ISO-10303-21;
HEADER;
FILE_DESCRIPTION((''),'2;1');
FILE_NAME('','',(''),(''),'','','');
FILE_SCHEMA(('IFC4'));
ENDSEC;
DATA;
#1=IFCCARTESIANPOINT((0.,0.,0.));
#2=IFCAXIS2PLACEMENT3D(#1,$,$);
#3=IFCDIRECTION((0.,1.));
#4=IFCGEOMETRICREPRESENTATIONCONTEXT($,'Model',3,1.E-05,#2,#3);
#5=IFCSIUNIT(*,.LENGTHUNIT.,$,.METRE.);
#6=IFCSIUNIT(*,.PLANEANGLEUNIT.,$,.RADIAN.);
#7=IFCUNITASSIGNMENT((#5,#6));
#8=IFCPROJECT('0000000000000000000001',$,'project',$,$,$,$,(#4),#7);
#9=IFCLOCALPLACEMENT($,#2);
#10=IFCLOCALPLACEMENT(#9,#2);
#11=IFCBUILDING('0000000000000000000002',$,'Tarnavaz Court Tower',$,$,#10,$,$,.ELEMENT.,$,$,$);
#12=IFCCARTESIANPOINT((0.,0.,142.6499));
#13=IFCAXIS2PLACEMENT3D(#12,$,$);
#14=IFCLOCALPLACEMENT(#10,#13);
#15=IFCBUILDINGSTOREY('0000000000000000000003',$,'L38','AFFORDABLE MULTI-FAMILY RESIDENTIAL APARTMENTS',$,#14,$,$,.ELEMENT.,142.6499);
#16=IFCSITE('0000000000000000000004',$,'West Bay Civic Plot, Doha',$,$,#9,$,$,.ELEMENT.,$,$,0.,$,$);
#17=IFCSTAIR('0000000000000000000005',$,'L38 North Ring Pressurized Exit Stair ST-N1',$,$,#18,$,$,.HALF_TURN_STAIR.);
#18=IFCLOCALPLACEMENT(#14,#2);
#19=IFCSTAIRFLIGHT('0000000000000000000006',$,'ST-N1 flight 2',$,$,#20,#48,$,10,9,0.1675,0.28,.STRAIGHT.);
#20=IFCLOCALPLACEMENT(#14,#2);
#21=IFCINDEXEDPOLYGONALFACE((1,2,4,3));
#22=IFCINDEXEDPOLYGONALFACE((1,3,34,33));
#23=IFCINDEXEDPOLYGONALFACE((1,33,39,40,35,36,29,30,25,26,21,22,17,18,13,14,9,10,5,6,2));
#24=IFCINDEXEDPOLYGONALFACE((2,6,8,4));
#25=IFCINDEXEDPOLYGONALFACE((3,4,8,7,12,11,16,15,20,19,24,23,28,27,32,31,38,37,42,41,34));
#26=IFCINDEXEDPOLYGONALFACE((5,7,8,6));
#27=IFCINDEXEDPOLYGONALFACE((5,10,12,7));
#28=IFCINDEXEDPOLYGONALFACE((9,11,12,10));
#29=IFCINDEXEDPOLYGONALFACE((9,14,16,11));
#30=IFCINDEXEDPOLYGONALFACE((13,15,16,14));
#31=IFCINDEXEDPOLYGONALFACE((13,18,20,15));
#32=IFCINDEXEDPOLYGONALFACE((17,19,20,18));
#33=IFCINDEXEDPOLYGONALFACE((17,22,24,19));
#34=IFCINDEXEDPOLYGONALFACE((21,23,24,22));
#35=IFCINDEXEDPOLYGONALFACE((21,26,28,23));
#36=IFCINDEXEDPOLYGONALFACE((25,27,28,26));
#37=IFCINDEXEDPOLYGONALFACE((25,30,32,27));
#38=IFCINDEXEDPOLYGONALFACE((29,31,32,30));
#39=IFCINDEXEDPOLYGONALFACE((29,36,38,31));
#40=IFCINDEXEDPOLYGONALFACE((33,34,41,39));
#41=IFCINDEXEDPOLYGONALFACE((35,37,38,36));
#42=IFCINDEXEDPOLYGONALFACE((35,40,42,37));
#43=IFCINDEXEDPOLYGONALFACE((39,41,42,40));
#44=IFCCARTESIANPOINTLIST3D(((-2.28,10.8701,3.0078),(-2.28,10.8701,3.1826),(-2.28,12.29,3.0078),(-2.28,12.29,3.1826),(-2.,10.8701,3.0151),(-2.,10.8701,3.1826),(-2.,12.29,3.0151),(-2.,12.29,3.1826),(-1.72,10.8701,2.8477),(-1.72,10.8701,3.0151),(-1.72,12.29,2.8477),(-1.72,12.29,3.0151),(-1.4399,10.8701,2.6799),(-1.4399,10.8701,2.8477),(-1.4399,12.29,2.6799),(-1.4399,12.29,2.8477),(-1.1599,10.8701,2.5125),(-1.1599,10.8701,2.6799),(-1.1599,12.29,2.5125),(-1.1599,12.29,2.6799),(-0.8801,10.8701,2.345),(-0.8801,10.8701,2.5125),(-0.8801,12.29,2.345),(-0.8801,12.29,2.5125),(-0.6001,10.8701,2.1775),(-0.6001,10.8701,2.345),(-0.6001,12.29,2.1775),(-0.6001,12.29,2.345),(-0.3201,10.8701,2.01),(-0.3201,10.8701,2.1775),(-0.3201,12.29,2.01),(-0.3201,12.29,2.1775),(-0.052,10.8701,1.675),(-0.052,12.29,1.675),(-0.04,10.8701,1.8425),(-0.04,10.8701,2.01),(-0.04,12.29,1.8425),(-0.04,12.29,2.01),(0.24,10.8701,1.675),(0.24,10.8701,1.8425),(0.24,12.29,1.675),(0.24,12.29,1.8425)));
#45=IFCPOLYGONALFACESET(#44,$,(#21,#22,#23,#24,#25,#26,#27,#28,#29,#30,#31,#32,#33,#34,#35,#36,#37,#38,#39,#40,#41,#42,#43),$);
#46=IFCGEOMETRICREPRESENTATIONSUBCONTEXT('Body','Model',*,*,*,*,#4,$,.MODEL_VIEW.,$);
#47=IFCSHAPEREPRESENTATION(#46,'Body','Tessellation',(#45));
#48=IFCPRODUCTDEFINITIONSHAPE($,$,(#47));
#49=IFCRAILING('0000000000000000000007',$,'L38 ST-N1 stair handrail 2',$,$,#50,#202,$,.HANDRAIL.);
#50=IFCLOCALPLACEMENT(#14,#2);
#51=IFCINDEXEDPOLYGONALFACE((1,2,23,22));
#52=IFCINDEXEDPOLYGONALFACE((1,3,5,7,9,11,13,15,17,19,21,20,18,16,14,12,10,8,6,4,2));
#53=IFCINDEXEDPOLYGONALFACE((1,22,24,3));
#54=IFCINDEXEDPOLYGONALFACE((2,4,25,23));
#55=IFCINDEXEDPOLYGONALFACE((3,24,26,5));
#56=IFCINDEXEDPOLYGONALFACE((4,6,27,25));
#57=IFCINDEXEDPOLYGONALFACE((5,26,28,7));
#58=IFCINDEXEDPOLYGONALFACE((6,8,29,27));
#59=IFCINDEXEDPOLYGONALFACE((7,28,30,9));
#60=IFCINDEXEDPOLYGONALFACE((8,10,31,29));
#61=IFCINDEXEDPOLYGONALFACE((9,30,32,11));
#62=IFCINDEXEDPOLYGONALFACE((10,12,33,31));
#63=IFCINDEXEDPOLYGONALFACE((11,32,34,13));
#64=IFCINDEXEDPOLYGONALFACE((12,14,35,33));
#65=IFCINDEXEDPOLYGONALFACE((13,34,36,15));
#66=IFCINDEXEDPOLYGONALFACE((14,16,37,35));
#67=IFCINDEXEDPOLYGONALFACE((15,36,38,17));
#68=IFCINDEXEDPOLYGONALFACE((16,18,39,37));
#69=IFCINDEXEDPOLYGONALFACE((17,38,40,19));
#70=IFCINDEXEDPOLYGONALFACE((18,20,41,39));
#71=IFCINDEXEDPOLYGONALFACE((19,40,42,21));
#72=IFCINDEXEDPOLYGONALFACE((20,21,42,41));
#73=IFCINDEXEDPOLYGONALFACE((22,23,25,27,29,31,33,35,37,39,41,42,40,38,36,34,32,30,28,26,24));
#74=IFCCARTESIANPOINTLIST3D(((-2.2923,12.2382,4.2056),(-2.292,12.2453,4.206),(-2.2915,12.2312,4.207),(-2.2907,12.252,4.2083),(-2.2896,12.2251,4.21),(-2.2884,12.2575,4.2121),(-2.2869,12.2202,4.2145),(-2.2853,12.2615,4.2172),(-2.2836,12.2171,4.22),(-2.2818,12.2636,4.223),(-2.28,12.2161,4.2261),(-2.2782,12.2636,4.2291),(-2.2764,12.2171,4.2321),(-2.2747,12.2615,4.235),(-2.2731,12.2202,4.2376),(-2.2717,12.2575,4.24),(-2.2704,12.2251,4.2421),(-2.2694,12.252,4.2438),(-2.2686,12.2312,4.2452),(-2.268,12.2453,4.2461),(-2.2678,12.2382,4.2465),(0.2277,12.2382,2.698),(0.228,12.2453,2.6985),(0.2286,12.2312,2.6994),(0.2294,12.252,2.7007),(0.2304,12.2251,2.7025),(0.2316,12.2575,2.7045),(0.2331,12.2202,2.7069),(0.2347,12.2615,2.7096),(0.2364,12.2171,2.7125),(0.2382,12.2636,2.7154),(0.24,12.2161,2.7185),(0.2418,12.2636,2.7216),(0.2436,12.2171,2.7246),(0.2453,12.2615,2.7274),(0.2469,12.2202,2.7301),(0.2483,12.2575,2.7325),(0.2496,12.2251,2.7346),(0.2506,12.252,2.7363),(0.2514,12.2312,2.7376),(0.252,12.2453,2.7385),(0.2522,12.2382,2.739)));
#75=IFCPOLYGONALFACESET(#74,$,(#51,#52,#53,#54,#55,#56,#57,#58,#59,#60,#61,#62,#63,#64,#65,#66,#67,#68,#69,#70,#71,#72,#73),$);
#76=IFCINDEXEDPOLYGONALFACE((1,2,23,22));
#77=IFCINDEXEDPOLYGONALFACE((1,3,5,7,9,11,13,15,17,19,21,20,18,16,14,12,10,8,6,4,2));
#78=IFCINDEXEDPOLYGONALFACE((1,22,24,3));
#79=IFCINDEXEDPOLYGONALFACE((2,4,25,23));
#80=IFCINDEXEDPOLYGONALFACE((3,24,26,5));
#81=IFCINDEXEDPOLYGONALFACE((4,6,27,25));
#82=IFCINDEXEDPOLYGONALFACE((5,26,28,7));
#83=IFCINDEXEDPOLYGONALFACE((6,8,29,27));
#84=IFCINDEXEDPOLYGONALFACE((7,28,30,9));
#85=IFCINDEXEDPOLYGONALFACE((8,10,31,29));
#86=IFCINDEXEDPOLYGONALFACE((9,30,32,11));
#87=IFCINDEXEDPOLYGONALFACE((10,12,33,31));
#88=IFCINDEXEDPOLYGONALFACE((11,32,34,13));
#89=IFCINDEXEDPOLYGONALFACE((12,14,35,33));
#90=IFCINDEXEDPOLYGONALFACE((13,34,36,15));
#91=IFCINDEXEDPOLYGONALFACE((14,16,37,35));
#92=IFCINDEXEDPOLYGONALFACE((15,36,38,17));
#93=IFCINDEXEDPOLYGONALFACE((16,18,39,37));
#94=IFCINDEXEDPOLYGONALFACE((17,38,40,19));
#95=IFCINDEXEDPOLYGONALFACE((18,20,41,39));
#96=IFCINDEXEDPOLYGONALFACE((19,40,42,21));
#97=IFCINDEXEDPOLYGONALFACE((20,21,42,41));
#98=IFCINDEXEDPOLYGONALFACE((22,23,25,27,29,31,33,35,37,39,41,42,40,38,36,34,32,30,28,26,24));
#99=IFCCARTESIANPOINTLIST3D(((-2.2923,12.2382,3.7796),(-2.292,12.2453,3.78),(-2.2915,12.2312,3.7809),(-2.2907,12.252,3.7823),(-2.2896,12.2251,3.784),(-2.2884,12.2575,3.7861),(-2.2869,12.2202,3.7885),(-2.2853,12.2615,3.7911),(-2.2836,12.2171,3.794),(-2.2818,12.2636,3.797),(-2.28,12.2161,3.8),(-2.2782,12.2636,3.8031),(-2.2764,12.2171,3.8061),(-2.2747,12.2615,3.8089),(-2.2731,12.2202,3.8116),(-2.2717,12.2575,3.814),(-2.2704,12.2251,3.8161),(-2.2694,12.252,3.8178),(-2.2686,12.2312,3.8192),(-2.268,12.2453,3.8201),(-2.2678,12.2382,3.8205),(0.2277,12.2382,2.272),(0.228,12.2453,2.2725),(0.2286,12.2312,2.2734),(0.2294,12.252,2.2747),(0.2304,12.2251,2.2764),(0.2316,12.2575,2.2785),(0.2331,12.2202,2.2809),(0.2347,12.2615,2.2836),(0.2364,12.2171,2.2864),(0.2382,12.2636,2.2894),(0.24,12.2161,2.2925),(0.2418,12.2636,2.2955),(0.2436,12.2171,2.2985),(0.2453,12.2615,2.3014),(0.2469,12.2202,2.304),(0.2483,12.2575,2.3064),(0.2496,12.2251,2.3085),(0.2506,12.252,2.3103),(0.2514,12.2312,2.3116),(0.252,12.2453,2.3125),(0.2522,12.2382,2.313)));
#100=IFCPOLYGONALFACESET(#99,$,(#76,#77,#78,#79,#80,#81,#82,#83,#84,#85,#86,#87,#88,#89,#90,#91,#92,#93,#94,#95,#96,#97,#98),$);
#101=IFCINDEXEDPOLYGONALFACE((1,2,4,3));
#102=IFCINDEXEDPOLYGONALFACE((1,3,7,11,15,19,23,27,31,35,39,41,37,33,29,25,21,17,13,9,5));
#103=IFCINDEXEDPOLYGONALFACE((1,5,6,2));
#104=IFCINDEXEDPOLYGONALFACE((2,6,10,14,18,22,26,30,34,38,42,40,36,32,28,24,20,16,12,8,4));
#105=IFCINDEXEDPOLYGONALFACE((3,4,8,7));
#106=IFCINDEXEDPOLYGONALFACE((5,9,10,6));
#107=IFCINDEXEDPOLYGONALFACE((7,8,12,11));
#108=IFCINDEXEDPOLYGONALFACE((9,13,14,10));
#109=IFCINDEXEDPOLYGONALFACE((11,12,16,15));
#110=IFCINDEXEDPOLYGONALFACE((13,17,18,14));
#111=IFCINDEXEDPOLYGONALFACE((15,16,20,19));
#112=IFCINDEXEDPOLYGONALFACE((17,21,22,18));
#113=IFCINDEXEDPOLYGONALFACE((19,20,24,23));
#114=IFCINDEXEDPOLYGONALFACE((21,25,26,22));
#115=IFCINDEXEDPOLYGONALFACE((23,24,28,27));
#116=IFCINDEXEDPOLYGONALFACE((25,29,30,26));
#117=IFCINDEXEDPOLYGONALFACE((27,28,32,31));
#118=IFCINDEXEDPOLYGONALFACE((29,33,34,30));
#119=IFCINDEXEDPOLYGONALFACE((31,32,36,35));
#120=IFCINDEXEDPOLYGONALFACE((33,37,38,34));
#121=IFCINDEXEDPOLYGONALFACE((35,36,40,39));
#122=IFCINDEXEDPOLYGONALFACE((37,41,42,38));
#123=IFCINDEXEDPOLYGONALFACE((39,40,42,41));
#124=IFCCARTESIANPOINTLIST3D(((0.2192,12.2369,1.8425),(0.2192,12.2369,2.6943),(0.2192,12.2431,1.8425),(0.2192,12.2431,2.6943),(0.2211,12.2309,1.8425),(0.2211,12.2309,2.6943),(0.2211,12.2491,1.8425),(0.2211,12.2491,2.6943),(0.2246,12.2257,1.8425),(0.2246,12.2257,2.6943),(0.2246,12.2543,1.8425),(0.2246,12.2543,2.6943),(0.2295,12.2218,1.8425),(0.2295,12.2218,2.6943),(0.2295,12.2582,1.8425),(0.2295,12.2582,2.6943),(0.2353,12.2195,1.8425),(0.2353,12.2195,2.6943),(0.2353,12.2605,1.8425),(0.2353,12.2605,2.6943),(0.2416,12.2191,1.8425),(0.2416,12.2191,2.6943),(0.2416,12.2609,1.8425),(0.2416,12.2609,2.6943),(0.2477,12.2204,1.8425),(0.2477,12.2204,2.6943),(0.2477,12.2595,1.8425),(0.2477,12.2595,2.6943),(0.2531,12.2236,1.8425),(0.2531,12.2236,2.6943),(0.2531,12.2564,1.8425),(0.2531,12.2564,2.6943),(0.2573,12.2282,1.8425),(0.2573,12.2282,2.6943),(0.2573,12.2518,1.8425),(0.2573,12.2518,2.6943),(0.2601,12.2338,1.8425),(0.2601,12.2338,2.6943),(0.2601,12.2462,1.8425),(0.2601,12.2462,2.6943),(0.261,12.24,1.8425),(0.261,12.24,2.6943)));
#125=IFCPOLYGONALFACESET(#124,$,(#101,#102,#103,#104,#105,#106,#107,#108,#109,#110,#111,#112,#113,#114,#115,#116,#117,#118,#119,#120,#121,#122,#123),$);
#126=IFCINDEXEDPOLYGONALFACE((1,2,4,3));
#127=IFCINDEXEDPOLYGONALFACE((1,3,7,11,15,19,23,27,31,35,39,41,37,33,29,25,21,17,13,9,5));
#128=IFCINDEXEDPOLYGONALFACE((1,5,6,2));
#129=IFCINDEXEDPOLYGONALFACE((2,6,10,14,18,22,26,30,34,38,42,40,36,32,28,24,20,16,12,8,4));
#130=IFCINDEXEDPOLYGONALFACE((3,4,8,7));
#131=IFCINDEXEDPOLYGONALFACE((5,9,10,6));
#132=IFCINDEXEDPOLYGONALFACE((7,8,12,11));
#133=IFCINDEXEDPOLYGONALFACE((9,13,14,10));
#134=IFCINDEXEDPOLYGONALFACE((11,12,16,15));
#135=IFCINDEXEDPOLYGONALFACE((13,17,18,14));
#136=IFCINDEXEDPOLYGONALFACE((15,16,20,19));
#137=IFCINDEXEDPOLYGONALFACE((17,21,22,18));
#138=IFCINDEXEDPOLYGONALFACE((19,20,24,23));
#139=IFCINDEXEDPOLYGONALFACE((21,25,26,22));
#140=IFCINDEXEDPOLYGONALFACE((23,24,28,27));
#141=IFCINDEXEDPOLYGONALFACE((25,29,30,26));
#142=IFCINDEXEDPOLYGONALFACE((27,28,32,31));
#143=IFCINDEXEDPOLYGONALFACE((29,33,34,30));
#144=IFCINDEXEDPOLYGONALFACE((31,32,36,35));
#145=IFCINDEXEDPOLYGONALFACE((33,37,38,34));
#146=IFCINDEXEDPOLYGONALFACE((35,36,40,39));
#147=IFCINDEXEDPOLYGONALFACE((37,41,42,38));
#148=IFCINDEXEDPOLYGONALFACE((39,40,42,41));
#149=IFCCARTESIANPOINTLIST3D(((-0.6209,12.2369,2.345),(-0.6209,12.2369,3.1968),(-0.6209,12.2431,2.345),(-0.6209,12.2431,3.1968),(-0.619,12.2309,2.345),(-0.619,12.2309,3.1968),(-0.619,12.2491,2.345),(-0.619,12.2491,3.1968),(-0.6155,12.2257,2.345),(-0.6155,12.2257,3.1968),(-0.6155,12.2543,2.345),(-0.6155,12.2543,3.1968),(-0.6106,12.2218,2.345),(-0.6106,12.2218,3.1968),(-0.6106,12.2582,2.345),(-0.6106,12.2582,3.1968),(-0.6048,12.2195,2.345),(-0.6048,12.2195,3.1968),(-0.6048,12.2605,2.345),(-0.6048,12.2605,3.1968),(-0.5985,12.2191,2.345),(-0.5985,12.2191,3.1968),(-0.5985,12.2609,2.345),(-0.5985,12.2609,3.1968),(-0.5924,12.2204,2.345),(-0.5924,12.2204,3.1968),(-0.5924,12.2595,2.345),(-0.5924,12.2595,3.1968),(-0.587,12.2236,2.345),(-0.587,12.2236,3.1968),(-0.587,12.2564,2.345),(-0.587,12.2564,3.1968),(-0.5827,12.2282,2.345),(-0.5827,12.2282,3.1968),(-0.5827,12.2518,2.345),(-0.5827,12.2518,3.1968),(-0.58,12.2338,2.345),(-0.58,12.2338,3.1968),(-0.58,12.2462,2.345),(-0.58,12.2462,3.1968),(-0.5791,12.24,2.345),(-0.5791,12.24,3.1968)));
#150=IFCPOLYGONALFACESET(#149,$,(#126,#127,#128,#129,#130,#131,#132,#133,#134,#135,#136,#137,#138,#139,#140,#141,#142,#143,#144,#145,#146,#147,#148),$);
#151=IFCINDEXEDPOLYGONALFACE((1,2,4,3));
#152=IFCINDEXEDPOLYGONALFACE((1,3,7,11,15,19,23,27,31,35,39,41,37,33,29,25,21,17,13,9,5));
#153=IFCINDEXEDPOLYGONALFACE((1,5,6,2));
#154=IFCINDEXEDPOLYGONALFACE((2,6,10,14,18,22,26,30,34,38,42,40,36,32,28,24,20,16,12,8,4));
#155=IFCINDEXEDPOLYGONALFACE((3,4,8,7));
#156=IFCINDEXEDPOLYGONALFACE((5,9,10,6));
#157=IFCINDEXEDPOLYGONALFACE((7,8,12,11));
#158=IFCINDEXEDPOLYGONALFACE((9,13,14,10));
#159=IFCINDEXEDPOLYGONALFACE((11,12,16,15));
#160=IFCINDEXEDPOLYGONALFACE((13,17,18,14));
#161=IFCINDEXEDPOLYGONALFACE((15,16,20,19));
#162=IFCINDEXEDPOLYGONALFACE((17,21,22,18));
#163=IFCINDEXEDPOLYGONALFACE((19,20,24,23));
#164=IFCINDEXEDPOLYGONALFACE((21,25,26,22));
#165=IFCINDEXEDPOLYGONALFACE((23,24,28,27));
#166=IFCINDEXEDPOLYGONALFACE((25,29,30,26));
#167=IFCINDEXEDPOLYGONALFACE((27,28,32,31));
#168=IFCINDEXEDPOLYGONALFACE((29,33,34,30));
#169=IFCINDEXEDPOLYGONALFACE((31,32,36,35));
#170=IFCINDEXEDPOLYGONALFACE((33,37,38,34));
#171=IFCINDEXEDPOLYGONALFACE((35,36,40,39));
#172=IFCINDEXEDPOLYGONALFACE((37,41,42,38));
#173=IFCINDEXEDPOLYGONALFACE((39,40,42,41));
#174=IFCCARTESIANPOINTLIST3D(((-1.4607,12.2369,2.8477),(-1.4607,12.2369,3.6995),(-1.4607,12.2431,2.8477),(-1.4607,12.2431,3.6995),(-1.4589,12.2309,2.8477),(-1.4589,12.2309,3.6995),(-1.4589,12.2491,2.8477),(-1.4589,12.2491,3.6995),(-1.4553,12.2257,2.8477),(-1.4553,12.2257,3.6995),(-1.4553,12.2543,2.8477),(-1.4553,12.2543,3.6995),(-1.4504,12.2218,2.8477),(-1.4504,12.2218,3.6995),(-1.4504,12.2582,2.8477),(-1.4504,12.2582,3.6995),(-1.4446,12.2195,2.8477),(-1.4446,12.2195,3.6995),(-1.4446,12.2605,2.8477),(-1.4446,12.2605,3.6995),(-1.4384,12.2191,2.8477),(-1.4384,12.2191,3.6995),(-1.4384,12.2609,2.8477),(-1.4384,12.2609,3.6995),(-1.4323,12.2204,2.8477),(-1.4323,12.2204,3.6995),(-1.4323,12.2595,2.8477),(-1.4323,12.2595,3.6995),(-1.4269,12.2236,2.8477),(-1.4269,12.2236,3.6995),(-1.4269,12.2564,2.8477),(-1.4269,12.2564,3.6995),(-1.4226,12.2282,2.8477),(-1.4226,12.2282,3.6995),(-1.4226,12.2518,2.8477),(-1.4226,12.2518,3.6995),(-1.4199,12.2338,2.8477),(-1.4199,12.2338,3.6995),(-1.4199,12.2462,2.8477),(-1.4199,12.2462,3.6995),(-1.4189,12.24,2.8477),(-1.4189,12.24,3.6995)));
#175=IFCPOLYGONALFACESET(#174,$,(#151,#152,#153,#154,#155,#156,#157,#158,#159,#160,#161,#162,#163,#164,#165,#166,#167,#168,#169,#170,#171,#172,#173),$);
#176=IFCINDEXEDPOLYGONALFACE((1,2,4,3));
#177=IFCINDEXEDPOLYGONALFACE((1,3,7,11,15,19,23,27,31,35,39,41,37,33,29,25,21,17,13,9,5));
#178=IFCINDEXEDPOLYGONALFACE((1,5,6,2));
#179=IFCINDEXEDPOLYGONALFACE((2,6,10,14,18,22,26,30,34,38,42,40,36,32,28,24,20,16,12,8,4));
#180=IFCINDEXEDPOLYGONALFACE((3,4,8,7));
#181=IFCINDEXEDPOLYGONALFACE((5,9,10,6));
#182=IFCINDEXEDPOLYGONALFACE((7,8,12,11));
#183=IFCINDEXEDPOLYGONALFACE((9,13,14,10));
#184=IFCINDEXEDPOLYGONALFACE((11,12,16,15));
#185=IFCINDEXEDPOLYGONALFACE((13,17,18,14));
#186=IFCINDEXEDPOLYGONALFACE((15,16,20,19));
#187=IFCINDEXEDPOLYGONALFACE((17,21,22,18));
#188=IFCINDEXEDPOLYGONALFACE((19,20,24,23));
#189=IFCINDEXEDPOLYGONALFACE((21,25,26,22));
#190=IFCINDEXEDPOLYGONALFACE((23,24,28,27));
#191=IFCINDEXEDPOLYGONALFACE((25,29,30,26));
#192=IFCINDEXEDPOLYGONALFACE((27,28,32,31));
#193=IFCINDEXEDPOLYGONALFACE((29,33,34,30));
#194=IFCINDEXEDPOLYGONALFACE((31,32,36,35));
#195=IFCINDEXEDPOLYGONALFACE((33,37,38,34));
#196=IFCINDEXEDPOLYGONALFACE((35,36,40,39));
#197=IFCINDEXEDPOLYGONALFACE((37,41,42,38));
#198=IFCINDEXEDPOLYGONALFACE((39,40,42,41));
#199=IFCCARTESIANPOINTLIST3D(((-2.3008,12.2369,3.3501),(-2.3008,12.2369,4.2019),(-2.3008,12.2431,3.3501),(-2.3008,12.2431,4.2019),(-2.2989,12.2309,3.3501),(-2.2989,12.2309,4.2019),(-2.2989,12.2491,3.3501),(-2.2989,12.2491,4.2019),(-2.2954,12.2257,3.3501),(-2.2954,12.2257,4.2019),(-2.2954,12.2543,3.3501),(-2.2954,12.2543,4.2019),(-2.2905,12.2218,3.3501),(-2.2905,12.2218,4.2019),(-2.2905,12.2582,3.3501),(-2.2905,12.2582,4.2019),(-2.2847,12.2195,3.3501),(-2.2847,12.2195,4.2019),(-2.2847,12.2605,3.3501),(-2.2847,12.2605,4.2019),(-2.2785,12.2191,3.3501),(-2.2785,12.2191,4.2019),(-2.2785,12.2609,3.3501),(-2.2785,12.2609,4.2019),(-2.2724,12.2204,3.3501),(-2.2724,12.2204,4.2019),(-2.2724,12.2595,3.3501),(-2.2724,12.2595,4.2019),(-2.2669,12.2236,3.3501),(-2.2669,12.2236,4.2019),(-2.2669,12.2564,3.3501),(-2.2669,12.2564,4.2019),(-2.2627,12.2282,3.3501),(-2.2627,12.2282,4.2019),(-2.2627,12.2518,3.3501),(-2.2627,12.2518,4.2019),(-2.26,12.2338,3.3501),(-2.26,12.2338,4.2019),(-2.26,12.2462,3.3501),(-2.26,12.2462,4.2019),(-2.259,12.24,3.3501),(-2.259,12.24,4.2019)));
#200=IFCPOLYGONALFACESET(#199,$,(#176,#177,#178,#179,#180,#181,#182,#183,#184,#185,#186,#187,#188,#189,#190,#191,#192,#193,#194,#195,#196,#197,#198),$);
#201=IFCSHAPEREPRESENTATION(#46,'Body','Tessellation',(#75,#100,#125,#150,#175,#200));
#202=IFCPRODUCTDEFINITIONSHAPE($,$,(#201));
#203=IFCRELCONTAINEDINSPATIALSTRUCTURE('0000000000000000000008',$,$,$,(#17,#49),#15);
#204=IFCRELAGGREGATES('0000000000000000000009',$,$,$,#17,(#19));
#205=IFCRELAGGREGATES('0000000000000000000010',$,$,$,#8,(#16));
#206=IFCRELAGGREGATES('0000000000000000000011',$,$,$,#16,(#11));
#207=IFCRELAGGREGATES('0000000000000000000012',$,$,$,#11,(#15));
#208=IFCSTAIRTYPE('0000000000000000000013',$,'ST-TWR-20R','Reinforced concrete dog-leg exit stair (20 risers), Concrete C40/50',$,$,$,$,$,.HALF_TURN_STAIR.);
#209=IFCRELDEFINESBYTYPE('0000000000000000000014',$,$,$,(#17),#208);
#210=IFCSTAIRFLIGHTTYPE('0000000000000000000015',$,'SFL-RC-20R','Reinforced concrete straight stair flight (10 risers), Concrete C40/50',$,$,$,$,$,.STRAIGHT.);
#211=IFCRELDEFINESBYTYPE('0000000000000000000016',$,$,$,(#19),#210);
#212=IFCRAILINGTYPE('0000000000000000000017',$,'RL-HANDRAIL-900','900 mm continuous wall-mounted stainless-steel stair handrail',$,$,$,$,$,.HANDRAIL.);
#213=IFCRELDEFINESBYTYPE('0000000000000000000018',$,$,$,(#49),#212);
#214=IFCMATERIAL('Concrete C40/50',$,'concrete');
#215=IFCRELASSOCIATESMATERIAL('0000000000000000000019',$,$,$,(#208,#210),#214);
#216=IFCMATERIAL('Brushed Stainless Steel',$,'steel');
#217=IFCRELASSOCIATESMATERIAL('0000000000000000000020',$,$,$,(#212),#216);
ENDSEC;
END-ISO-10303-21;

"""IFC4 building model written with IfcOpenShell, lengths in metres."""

from ifc_helpers import new_model, si_unit, direction, frame, origin, origin_2d, place, context, subcontext, project, spatial, polyline, circle, outline, extrude, material, type_object, element, aggregate, save


model = new_model("IFC4")

# Units and contexts
model_context = context("Model", 3, precision=1e-05, world=origin(), true_north=direction((0.0, 1.0)))
body_context = subcontext(model_context, "Body", "Model", "MODEL_VIEW")
ifc_project = project(units=[si_unit("LENGTHUNIT", "METRE"), si_unit("PLANEANGLEUNIT", "RADIAN")], contexts=[model_context])

# Site, building, storey
site_placement = place(None, origin())
site = spatial("IfcSite", under=ifc_project, at=site_placement, Name="West Bay Civic Plot, Doha", CompositionType="ELEMENT", RefElevation=0.0)
building_placement = place(site_placement, origin())
building = spatial("IfcBuilding", under=site, at=building_placement, Name="Tarnavaz Court Tower", CompositionType="ELEMENT")
storey_placement = place(building_placement, frame((0.0, 0.0, 142.6499)))
storey = spatial("IfcBuildingStorey", under=building, at=storey_placement, Name="L38", Description="AFFORDABLE MULTI-FAMILY RESIDENTIAL APARTMENTS", CompositionType="ELEMENT", Elevation=142.6499)

# Stair
ifc_material_1 = material(Name="Concrete C40/50", Category="concrete")
stair_type = type_object("IfcStairType", Name="ST-TWR-20R", Description="Reinforced concrete dog-leg exit stair (20 risers), Concrete C40/50", PredefinedType="HALF_TURN_STAIR", material=ifc_material_1)
stair_1_placement = place(storey_placement, origin())
stair_1 = element("IfcStair", 1, at=stair_1_placement, inside=storey, type_object=stair_type, Name="L38 North Ring Pressurized Exit Stair ST-N1", PredefinedType="HALF_TURN_STAIR")

# Stair flight
stair_flight_type = type_object("IfcStairFlightType", Name="SFL-RC-20R", Description="Reinforced concrete straight stair flight (10 risers), Concrete C40/50", PredefinedType="STRAIGHT", material=ifc_material_1)
stair_flight_placement = place(storey_placement, frame((0.24, 11.5801, 1.675), z_axis=(0.0, 0.0, 1.0), x_axis=(-1.0, 0.0, 0.0)))
stair_flight = element("IfcStairFlight", 2, at=stair_flight_placement, type_object=stair_flight_type, Name="ST-N1 flight 2", NumberOfRisers=10, NumberOfTreads=9, PredefinedType="STRAIGHT", RiserHeight=0.1675, TreadLength=0.28, context=body_context, shape_type="SweptSolid", body=[
    extrude(outline(polyline([(0.0, 0.0), (0.0, 0.1675), (0.28, 0.1675), (0.28, 0.335), (0.5601, 0.335), (0.5601, 0.5024), (0.8401, 0.5024), (0.8401, 0.6699), (1.1201, 0.6699), (1.1201, 0.8374), (1.3999, 0.8374), (1.3999, 1.0049), (1.6799, 1.0049), (1.6799, 1.1726), (1.96, 1.1726), (1.96, 1.3401), (2.24, 1.3401), (2.24, 1.5076), (2.52, 1.5076), (2.52, 1.675), (2.52, 1.3328), (0.292, 0.0), (0.0, 0.0)])), frame((0.0, 0.71, 0.0), z_axis=(0.0, -1.0, 0.0), x_axis=(1.0, 0.0, 0.0)), (0.0, 0.0, 1.0), 1.4199),
])
aggregate(stair_1, [stair_flight])

# Railing
ifc_material_2 = material(Name="Brushed Stainless Steel", Category="steel")
railing_type_1 = type_object("IfcRailingType", Name="RL-HANDRAIL-900", Description="900 mm continuous wall-mounted stainless-steel stair handrail", PredefinedType="HANDRAIL", material=ifc_material_2)
railing_1_placement = place(storey_placement, frame((0.24, 12.24, 1.8425)))
element("IfcRailing", 3, at=railing_1_placement, inside=storey, type_object=railing_type_1, Name="L38 ST-N1 stair handrail 2", PredefinedType="HANDRAIL", context=body_context, shape_type="SweptSolid", body=[
    extrude(circle(Radius=0.0239, at=origin_2d()), frame((0.0, 0.0, 0.876), z_axis=(-0.85816, 0.0, 0.513383), x_axis=(0.0, -1.0, 0.0)), (0.0, 0.0, 1.0), 2.9365),
    extrude(circle(Radius=0.0239, at=origin_2d()), frame((0.0, 0.0, 0.45), z_axis=(-0.85816, 0.0, 0.513383), x_axis=(0.0, -1.0, 0.0)), (0.0, 0.0, 1.0), 2.9365),
    extrude(circle(Radius=0.021, at=origin_2d()), origin(), (0.0, 0.0, 1.0), 0.8518),
    extrude(circle(Radius=0.021, at=origin_2d()), frame((-0.8401, 0.0, 0.5024)), (0.0, 0.0, 1.0), 0.8518),
    extrude(circle(Radius=0.021, at=origin_2d()), frame((-1.6799, 0.0, 1.0051)), (0.0, 0.0, 1.0), 0.8518),
    extrude(circle(Radius=0.021, at=origin_2d()), frame((-2.52, 0.0, 1.5076)), (0.0, 0.0, 1.0), 0.8518),
])

save(model, "model.ifc")
